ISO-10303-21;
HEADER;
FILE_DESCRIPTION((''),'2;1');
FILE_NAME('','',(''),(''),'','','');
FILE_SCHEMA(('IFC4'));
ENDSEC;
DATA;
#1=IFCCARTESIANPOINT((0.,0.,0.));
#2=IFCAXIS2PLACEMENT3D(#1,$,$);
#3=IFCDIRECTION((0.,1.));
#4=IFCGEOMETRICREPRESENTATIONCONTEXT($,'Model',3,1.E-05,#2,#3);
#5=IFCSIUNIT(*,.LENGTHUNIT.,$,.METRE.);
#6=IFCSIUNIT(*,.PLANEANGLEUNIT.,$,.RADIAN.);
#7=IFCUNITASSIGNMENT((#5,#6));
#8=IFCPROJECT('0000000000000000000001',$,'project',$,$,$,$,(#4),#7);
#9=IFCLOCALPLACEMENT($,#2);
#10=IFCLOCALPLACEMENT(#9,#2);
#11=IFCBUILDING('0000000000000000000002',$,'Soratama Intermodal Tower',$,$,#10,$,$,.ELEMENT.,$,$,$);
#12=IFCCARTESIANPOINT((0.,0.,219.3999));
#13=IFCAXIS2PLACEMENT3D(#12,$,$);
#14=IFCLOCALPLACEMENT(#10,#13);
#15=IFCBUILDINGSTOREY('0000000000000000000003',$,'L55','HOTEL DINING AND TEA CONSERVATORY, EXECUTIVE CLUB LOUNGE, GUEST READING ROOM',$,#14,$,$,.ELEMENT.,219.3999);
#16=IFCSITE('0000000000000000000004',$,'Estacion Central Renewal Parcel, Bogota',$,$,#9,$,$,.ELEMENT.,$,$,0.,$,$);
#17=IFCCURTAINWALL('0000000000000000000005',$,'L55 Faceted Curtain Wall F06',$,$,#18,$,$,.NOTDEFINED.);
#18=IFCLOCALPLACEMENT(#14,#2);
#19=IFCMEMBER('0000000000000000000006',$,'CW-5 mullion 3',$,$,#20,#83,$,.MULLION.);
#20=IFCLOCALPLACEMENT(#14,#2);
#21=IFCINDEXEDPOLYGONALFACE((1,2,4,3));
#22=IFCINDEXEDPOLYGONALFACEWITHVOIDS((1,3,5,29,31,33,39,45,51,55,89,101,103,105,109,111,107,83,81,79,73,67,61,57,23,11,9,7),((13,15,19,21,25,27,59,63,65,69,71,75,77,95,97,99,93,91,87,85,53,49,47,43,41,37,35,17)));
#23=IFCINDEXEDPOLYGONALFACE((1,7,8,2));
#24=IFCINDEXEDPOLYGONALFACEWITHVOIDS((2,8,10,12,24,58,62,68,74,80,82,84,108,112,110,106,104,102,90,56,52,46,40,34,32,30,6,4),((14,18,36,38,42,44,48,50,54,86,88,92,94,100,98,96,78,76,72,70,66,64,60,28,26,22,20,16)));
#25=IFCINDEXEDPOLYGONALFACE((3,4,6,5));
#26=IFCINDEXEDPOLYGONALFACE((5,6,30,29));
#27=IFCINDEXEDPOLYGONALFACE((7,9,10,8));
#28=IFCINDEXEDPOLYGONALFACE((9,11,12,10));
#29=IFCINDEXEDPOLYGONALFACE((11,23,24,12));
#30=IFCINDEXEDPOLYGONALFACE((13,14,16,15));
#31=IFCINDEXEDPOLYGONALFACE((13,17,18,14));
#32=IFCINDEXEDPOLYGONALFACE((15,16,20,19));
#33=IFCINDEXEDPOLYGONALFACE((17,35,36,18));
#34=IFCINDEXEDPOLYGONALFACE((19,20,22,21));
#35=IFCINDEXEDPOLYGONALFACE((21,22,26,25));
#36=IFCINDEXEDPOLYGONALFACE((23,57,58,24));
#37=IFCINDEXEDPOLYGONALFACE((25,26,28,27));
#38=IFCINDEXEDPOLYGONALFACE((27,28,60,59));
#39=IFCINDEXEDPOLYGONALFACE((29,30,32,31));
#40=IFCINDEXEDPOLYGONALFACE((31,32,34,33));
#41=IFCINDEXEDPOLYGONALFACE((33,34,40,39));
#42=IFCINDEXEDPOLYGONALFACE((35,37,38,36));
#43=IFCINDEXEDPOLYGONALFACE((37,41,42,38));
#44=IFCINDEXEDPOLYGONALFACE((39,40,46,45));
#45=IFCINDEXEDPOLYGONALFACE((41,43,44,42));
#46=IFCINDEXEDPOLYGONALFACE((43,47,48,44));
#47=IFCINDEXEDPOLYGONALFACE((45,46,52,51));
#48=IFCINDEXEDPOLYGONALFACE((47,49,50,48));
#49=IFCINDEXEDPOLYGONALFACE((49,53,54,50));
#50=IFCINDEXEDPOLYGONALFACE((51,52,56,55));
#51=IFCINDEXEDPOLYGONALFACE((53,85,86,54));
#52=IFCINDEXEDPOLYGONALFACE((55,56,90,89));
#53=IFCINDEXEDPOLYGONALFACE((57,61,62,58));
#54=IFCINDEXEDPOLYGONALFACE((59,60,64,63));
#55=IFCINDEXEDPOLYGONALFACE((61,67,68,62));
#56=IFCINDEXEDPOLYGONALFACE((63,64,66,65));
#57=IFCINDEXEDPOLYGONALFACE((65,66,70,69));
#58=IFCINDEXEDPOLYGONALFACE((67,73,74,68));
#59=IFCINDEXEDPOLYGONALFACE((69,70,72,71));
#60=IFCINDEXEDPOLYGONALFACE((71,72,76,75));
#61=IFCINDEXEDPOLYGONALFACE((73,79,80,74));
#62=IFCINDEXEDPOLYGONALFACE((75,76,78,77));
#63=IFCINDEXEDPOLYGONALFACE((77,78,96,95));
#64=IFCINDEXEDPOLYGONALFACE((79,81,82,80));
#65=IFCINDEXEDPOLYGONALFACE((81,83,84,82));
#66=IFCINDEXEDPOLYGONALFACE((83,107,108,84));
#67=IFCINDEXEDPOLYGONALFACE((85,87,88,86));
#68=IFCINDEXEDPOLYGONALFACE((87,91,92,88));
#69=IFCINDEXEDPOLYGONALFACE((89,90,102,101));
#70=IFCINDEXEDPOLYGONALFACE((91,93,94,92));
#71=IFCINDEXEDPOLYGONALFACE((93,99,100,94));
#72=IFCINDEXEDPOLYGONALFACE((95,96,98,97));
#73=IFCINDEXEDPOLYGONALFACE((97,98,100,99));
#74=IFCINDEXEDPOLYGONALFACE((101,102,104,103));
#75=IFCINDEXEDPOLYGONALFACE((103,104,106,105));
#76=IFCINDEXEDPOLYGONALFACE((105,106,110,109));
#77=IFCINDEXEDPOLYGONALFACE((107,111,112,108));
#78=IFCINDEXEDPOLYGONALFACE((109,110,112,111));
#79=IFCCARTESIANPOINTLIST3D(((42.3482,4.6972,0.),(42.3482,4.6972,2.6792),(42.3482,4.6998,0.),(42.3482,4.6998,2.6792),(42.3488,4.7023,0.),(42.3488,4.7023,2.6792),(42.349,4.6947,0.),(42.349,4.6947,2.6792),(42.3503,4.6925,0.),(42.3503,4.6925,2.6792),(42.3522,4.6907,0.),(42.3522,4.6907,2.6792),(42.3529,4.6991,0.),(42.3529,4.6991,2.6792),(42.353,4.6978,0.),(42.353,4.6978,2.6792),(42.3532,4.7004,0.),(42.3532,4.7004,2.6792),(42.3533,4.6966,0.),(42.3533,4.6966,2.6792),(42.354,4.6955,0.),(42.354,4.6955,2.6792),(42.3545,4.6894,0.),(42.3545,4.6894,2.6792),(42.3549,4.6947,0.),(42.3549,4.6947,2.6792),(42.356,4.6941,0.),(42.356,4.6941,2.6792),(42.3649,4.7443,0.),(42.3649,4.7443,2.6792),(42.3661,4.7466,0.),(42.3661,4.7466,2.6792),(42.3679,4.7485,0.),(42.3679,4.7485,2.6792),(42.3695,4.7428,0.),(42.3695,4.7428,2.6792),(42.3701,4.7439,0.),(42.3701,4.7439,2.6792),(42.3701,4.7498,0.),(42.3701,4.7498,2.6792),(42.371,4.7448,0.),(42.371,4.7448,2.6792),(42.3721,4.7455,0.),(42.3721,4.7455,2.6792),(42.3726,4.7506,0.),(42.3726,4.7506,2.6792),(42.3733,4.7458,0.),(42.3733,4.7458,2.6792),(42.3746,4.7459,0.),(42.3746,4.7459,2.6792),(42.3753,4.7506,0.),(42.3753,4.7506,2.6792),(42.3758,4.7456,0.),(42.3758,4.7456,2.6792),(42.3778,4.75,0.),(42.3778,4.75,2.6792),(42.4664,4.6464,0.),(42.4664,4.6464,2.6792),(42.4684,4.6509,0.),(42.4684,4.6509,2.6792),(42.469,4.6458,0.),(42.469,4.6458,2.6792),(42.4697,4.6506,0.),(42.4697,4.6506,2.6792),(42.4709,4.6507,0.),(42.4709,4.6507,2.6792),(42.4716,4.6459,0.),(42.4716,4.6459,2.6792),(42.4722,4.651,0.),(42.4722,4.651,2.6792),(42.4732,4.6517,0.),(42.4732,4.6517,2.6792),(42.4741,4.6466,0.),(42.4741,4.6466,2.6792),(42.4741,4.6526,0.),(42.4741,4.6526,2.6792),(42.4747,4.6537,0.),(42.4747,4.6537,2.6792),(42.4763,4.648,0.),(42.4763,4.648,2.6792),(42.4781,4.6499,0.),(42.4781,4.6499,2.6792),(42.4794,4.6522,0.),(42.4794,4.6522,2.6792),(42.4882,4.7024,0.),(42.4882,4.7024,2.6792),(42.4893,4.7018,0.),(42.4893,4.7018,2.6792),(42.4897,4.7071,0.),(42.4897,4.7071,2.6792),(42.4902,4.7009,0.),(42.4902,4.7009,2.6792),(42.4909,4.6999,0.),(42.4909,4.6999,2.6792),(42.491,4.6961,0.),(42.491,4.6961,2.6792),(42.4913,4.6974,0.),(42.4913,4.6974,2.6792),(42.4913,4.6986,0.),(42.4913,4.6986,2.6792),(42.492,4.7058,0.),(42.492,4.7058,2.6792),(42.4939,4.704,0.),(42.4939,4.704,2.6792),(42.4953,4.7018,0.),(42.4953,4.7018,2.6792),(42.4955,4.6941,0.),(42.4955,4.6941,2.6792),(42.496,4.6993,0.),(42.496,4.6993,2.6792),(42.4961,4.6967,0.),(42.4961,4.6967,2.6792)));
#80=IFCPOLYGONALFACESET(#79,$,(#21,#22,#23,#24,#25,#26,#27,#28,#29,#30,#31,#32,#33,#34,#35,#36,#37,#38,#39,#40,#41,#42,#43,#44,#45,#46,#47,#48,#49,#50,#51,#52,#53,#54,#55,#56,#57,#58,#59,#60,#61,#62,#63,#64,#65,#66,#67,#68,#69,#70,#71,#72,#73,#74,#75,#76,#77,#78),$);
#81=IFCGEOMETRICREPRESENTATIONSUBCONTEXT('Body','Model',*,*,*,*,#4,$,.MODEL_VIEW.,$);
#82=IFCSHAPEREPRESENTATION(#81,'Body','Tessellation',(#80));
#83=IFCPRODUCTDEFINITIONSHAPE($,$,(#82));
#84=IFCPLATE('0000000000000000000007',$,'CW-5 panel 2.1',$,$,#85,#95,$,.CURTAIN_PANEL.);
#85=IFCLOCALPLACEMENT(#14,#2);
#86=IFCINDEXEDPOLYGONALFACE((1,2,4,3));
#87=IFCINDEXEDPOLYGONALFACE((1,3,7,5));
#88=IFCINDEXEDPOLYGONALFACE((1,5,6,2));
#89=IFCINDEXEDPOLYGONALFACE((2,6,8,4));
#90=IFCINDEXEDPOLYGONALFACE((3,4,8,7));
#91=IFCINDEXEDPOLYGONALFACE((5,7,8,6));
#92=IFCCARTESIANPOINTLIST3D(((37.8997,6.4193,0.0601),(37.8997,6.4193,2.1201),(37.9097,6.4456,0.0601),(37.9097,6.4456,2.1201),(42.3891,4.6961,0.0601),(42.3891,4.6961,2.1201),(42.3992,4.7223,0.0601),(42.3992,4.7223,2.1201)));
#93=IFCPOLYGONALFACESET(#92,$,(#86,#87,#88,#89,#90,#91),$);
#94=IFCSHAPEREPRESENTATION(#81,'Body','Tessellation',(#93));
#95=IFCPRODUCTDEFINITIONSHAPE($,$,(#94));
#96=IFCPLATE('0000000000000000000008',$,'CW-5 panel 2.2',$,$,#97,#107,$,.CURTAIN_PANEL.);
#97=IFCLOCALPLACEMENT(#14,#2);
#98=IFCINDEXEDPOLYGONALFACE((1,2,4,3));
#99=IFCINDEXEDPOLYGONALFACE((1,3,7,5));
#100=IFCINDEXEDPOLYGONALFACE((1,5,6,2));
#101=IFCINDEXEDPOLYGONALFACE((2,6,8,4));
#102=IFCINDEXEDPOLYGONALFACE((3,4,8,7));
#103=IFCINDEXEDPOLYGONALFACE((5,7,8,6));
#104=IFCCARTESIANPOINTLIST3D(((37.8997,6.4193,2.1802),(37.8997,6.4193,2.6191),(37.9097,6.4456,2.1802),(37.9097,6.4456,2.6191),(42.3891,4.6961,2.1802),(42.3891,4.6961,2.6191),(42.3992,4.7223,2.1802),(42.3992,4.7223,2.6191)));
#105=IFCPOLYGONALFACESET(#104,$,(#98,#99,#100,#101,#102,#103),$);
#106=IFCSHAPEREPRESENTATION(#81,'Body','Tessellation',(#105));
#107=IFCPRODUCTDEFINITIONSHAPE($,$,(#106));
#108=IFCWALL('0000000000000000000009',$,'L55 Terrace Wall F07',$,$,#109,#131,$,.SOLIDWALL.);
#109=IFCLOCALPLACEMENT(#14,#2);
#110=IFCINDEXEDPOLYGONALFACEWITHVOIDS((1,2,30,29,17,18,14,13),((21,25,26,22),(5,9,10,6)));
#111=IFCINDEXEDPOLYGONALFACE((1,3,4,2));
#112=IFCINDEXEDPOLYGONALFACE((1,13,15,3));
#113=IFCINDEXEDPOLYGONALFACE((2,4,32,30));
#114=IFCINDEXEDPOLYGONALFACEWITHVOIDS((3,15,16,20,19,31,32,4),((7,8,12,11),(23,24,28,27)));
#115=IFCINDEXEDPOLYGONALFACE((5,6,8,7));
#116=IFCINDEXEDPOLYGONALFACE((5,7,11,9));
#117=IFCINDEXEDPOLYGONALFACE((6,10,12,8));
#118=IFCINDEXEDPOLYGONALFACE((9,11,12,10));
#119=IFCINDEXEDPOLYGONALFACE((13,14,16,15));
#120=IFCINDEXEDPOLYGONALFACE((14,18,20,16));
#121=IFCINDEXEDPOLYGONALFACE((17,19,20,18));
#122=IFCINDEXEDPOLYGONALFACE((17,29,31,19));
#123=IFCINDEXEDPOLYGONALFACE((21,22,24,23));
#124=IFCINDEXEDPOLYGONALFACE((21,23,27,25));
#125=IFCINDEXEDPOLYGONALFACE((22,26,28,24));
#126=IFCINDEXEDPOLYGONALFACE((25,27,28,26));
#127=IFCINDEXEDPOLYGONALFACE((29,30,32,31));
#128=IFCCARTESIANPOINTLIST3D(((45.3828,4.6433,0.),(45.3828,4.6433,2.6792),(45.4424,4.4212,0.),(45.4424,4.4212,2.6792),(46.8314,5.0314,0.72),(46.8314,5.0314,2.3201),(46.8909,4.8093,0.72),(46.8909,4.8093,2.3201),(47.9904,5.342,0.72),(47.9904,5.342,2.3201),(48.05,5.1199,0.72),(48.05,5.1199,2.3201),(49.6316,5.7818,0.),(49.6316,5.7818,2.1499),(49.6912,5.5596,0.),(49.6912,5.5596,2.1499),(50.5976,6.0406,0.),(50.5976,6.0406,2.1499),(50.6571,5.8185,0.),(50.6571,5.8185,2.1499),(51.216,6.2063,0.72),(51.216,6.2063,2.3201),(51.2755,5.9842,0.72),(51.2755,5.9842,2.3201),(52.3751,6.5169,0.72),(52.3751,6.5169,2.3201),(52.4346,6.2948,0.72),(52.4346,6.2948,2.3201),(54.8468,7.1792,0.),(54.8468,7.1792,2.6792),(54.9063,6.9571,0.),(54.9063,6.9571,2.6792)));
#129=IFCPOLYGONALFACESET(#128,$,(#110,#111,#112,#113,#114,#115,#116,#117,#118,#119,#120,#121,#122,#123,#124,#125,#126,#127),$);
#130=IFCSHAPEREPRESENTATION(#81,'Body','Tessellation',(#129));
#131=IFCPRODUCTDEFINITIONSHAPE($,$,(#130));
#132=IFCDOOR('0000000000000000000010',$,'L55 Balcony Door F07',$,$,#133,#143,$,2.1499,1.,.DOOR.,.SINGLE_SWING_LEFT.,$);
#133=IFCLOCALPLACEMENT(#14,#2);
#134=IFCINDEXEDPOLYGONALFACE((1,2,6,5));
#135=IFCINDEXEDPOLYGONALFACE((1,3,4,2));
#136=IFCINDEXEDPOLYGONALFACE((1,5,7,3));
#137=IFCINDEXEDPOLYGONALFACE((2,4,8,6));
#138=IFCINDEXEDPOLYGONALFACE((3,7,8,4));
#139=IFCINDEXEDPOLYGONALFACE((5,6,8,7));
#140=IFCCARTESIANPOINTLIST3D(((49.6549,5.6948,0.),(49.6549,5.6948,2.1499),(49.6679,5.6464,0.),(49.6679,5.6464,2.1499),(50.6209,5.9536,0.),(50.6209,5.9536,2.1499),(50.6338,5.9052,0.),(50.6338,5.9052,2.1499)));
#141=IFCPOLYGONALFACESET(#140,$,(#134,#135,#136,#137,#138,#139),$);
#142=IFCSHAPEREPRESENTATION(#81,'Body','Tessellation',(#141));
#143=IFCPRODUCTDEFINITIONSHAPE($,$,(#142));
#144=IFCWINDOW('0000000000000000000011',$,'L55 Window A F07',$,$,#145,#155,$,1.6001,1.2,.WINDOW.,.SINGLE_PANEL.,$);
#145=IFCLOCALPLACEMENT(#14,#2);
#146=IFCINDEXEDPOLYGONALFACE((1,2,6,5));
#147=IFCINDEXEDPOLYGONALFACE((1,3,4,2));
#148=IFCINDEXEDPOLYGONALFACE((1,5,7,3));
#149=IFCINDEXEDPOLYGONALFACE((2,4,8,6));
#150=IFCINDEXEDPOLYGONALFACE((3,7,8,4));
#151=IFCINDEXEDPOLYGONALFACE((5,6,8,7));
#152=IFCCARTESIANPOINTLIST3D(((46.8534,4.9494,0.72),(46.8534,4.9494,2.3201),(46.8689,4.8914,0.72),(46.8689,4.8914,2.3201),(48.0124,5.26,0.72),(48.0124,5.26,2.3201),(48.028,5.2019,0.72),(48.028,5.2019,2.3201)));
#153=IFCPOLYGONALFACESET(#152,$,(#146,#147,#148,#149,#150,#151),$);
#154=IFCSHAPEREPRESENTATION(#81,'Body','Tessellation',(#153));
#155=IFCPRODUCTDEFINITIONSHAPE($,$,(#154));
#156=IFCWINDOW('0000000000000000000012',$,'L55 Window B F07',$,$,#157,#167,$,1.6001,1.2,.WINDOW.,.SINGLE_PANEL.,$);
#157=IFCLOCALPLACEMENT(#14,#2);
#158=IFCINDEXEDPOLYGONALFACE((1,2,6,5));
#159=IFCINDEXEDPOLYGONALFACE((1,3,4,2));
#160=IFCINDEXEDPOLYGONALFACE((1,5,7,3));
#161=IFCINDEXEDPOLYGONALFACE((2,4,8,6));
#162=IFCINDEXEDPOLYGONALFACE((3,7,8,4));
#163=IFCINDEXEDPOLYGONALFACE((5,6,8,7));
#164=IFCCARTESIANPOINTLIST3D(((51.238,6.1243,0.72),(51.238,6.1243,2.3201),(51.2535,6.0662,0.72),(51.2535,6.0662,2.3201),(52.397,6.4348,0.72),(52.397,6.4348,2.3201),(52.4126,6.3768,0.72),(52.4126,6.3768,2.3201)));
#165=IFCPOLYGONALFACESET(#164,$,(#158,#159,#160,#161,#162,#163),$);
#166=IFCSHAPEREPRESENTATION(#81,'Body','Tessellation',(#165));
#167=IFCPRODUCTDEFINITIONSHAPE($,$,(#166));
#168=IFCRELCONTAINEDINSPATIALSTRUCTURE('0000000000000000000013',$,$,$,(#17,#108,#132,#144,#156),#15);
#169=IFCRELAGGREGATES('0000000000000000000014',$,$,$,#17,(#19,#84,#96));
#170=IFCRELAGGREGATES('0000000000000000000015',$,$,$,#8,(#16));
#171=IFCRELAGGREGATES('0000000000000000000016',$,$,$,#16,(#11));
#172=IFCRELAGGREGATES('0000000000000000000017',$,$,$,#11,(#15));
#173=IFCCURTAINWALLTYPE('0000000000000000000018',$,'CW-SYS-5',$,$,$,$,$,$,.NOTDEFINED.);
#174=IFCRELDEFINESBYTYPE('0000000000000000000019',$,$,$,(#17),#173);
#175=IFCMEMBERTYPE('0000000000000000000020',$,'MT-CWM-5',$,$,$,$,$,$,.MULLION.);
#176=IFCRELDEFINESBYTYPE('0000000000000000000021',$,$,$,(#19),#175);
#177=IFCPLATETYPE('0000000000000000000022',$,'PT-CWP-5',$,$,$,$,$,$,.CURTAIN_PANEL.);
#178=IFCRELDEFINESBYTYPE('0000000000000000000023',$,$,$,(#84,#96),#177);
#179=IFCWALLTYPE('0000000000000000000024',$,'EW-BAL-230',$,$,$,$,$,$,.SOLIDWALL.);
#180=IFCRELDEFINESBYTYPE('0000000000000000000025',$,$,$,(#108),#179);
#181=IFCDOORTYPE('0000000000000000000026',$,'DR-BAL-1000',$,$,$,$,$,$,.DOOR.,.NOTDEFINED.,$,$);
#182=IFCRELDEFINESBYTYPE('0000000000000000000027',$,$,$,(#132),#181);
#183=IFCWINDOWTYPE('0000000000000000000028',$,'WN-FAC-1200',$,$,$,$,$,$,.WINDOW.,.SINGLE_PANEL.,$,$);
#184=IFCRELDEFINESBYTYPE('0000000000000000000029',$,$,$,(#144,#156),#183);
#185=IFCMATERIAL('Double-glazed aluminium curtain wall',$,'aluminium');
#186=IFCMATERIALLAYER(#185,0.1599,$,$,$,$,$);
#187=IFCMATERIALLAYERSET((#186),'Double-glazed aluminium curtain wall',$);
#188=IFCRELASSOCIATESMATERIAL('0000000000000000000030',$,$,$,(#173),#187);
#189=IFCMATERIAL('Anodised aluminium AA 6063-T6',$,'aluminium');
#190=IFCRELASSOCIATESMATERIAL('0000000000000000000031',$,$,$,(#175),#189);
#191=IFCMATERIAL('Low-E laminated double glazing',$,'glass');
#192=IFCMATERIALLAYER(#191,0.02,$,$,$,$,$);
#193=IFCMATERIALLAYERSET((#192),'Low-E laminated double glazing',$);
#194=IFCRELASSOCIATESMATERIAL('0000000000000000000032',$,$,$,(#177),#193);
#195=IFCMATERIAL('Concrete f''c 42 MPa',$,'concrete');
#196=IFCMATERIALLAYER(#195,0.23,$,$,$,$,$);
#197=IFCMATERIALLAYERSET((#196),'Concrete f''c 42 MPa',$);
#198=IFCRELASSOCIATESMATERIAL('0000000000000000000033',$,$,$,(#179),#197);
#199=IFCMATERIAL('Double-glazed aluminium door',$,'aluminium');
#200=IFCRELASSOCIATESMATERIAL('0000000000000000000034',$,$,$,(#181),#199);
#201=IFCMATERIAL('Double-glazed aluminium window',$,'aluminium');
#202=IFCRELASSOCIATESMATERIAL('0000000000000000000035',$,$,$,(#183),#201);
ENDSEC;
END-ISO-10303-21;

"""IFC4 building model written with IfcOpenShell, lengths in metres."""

from ifc_helpers import new_model, si_unit, direction, frame, frame_2d, origin, origin_2d, place, context, subcontext, project, spatial, rectangle, hollow_rectangle, extrude, material, layer, layer_set, material_profile, profile_set, type_object, element, fill, aggregate, save


model = new_model("IFC4")

# Units and contexts
model_context = context("Model", 3, precision=1e-05, world=origin(), true_north=direction((0.0, 1.0)))
body_context = subcontext(model_context, "Body", "Model", "MODEL_VIEW")
ifc_project = project(units=[si_unit("LENGTHUNIT", "METRE"), si_unit("PLANEANGLEUNIT", "RADIAN")], contexts=[model_context])

# Site, building, storey
site_placement = place(None, origin())
site = spatial("IfcSite", under=ifc_project, at=site_placement, Name="Estacion Central Renewal Parcel, Bogota", CompositionType="ELEMENT", RefElevation=0.0)
building_placement = place(site_placement, origin())
building = spatial("IfcBuilding", under=site, at=building_placement, Name="Soratama Intermodal Tower", CompositionType="ELEMENT")
storey_placement = place(building_placement, frame((0.0, 0.0, 219.3999)))
storey = spatial("IfcBuildingStorey", under=building, at=storey_placement, Name="L55", Description="HOTEL DINING AND TEA CONSERVATORY, EXECUTIVE CLUB LOUNGE, GUEST READING ROOM", CompositionType="ELEMENT", Elevation=219.3999)

# Curtain wall, member, plates
ifc_material_1 = material(Name="Double-glazed aluminium curtain wall", Category="aluminium")
ifc_layer_1 = layer(ifc_material_1, 0.1599)
ifc_layer_set_1 = layer_set([ifc_layer_1], Name="Double-glazed aluminium curtain wall")
curtain_wall_type = type_object("IfcCurtainWallType", Name="CW-SYS-5", PredefinedType="NOTDEFINED", material=ifc_layer_set_1)
curtain_wall_placement = place(storey_placement, origin())
curtain_wall = element("IfcCurtainWall", 1, at=curtain_wall_placement, inside=storey, type_object=curtain_wall_type, Name="L55 Faceted Curtain Wall F06", PredefinedType="NOTDEFINED")
ifc_material_2 = material(Name="Anodised aluminium AA 6063-T6", Category="aluminium")
ifc_material_profile_1 = material_profile(ifc_material_2, hollow_rectangle(XDim=0.0649, YDim=0.1399, WallThickness=0.0049, InnerFilletRadius=0.0049, OuterFilletRadius=0.01, at=origin_2d()), Name="CWM140X65X5")
ifc_profile_set_1 = profile_set([ifc_material_profile_1], Name="Anodised aluminium AA 6063-T6")
member_type = type_object("IfcMemberType", Name="MT-CWM-5", PredefinedType="MULLION", material=ifc_profile_set_1)
member_placement = place(storey_placement, frame((42.4221, 4.6982, 0.0), z_axis=(0.0, 0.0, 1.0), x_axis=(0.358359, 0.933584, 0.0)))
member = element("IfcMember", 2, at=member_placement, type_object=member_type, Name="CW-5 mullion 3", PredefinedType="MULLION", context=body_context, shape_type="SweptSolid", body=[
    extrude(hollow_rectangle(XDim=0.0649, YDim=0.1399, WallThickness=0.0049, InnerFilletRadius=0.0049, OuterFilletRadius=0.01, at=origin_2d()), origin(), (0.0, 0.0, 1.0), 2.6792),
])
ifc_material_3 = material(Name="Low-E laminated double glazing", Category="glass")
ifc_layer_2 = layer(ifc_material_3, 0.02)
ifc_layer_set_2 = layer_set([ifc_layer_2], Name="Low-E laminated double glazing")
plate_type = type_object("IfcPlateType", Name="PT-CWP-5", PredefinedType="CURTAIN_PANEL", material=ifc_layer_set_2)
plate_1_placement = place(storey_placement, frame((40.1494, 5.5708, 0.0601), z_axis=(0.0, 0.0, 1.0), x_axis=(0.933584, -0.358359, 0.0)))
plate_1 = element("IfcPlate", 3, at=plate_1_placement, type_object=plate_type, Name="CW-5 panel 2.1", PredefinedType="CURTAIN_PANEL", context=body_context, shape_type="SweptSolid", body=[
    extrude(rectangle(XDim=4.8088, YDim=0.0281, at=origin_2d()), origin(), (0.0, 0.0, 1.0), 2.0601),
])
plate_2_placement = place(storey_placement, frame((40.1494, 5.5708, 2.1802), z_axis=(0.0, 0.0, 1.0), x_axis=(0.933584, -0.358359, 0.0)))
plate_2 = element("IfcPlate", 4, at=plate_2_placement, type_object=plate_type, Name="CW-5 panel 2.2", PredefinedType="CURTAIN_PANEL", context=body_context, shape_type="SweptSolid", body=[
    extrude(rectangle(XDim=4.8088, YDim=0.0281, at=origin_2d()), origin(), (0.0, 0.0, 1.0), 0.439),
])
aggregate(curtain_wall, [member, plate_1, plate_2])

# Wall, openings, door, windows
ifc_material_4 = material(Name="Concrete f'c 42 MPa", Category="concrete")
ifc_layer_3 = layer(ifc_material_4, 0.23)
ifc_layer_set_3 = layer_set([ifc_layer_3], Name="Concrete f'c 42 MPa")
wall_type_1 = type_object("IfcWallType", Name="EW-BAL-230", PredefinedType="SOLIDWALL", material=ifc_layer_set_3)
wall_1_placement = place(storey_placement, frame((45.4126, 4.5322, 0.0), z_axis=(0.0, 0.0, 1.0), x_axis=(0.965924, 0.258824, 0.0)))
wall_1 = element("IfcWall", 5, at=wall_1_placement, inside=storey, type_object=wall_type_1, Name="L55 Terrace Wall F07", PredefinedType="SOLIDWALL", context=body_context, shape_type="SweptSolid", body=[
    extrude(rectangle(XDim=9.7979, YDim=0.23, at=frame_2d((4.8989, 0.0))), origin(), (0.0, 0.0, 1.0), 2.6792),
])
opening_1_placement = place(wall_1_placement, frame((4.3987, 0.0, 0.0)))
opening_1 = element("IfcOpeningElement", 6, at=opening_1_placement, cuts=wall_1, PredefinedType="OPENING", context=body_context, shape_type="SweptSolid", body=[
    extrude(rectangle(XDim=1.0, YDim=2.1499, at=frame_2d((0.5, 1.075))), frame((0.0, 0.125, 0.0), z_axis=(0.0, -1.0, 0.0), x_axis=(1.0, 0.0, 0.0)), (0.0, 0.0, 1.0), 0.25),
])
opening_2_placement = place(wall_1_placement, frame((1.4995, 0.0, 0.72)))
opening_2 = element("IfcOpeningElement", 7, at=opening_2_placement, cuts=wall_1, PredefinedType="OPENING", context=body_context, shape_type="SweptSolid", body=[
    extrude(rectangle(XDim=1.2, YDim=1.6001, at=frame_2d((0.6001, 0.8))), frame((0.0, 0.125, 0.0), z_axis=(0.0, -1.0, 0.0), x_axis=(1.0, 0.0, 0.0)), (0.0, 0.0, 1.0), 0.25),
])
opening_3_placement = place(wall_1_placement, frame((6.0388, 0.0, 0.72)))
opening_3 = element("IfcOpeningElement", 8, at=opening_3_placement, cuts=wall_1, PredefinedType="OPENING", context=body_context, shape_type="SweptSolid", body=[
    extrude(rectangle(XDim=1.2, YDim=1.6001, at=frame_2d((0.6001, 0.8))), frame((0.0, 0.125, 0.0), z_axis=(0.0, -1.0, 0.0), x_axis=(1.0, 0.0, 0.0)), (0.0, 0.0, 1.0), 0.25),
])
ifc_material_5 = material(Name="Double-glazed aluminium door", Category="aluminium")
door_type_1 = type_object("IfcDoorType", Name="DR-BAL-1000", OperationType="NOTDEFINED", PredefinedType="DOOR", material=ifc_material_5)
door_1_placement = place(opening_1_placement, origin())
door_1 = element("IfcDoor", 9, at=door_1_placement, inside=storey, type_object=door_type_1, Name="L55 Balcony Door F07", OperationType="SINGLE_SWING_LEFT", OverallHeight=2.1499, OverallWidth=1.0, PredefinedType="DOOR", context=body_context, shape_type="SweptSolid", body=[
    extrude(rectangle(XDim=1.0, YDim=2.1499, at=frame_2d((0.5, 1.075))), frame((0.0, 0.0249, 0.0), z_axis=(0.0, -1.0, 0.0), x_axis=(1.0, 0.0, 0.0)), (0.0, 0.0, 1.0), 0.05),
])
fill(opening_1, door_1)
ifc_material_6 = material(Name="Double-glazed aluminium window", Category="aluminium")
window_type_1 = type_object("IfcWindowType", Name="WN-FAC-1200", PartitioningType="SINGLE_PANEL", PredefinedType="WINDOW", material=ifc_material_6)
window_1_placement = place(opening_2_placement, origin())
window_1 = element("IfcWindow", 10, at=window_1_placement, inside=storey, type_object=window_type_1, Name="L55 Window A F07", OverallHeight=1.6001, OverallWidth=1.2, PartitioningType="SINGLE_PANEL", PredefinedType="WINDOW", context=body_context, shape_type="SweptSolid", body=[
    extrude(rectangle(XDim=1.2, YDim=1.6001, at=frame_2d((0.6001, 0.8))), frame((0.0, 0.03, 0.0), z_axis=(0.0, -1.0, 0.0), x_axis=(1.0, 0.0, 0.0)), (0.0, 0.0, 1.0), 0.0601),
])
fill(opening_2, window_1)
window_2_placement = place(opening_3_placement, origin())
window_2 = element("IfcWindow", 11, at=window_2_placement, inside=storey, type_object=window_type_1, Name="L55 Window B F07", OverallHeight=1.6001, OverallWidth=1.2, PartitioningType="SINGLE_PANEL", PredefinedType="WINDOW", context=body_context, shape_type="SweptSolid", body=[
    extrude(rectangle(XDim=1.2, YDim=1.6001, at=frame_2d((0.6001, 0.8))), frame((0.0, 0.03, 0.0), z_axis=(0.0, -1.0, 0.0), x_axis=(1.0, 0.0, 0.0)), (0.0, 0.0, 1.0), 0.0601),
])
fill(opening_3, window_2)

save(model, "model.ifc")
